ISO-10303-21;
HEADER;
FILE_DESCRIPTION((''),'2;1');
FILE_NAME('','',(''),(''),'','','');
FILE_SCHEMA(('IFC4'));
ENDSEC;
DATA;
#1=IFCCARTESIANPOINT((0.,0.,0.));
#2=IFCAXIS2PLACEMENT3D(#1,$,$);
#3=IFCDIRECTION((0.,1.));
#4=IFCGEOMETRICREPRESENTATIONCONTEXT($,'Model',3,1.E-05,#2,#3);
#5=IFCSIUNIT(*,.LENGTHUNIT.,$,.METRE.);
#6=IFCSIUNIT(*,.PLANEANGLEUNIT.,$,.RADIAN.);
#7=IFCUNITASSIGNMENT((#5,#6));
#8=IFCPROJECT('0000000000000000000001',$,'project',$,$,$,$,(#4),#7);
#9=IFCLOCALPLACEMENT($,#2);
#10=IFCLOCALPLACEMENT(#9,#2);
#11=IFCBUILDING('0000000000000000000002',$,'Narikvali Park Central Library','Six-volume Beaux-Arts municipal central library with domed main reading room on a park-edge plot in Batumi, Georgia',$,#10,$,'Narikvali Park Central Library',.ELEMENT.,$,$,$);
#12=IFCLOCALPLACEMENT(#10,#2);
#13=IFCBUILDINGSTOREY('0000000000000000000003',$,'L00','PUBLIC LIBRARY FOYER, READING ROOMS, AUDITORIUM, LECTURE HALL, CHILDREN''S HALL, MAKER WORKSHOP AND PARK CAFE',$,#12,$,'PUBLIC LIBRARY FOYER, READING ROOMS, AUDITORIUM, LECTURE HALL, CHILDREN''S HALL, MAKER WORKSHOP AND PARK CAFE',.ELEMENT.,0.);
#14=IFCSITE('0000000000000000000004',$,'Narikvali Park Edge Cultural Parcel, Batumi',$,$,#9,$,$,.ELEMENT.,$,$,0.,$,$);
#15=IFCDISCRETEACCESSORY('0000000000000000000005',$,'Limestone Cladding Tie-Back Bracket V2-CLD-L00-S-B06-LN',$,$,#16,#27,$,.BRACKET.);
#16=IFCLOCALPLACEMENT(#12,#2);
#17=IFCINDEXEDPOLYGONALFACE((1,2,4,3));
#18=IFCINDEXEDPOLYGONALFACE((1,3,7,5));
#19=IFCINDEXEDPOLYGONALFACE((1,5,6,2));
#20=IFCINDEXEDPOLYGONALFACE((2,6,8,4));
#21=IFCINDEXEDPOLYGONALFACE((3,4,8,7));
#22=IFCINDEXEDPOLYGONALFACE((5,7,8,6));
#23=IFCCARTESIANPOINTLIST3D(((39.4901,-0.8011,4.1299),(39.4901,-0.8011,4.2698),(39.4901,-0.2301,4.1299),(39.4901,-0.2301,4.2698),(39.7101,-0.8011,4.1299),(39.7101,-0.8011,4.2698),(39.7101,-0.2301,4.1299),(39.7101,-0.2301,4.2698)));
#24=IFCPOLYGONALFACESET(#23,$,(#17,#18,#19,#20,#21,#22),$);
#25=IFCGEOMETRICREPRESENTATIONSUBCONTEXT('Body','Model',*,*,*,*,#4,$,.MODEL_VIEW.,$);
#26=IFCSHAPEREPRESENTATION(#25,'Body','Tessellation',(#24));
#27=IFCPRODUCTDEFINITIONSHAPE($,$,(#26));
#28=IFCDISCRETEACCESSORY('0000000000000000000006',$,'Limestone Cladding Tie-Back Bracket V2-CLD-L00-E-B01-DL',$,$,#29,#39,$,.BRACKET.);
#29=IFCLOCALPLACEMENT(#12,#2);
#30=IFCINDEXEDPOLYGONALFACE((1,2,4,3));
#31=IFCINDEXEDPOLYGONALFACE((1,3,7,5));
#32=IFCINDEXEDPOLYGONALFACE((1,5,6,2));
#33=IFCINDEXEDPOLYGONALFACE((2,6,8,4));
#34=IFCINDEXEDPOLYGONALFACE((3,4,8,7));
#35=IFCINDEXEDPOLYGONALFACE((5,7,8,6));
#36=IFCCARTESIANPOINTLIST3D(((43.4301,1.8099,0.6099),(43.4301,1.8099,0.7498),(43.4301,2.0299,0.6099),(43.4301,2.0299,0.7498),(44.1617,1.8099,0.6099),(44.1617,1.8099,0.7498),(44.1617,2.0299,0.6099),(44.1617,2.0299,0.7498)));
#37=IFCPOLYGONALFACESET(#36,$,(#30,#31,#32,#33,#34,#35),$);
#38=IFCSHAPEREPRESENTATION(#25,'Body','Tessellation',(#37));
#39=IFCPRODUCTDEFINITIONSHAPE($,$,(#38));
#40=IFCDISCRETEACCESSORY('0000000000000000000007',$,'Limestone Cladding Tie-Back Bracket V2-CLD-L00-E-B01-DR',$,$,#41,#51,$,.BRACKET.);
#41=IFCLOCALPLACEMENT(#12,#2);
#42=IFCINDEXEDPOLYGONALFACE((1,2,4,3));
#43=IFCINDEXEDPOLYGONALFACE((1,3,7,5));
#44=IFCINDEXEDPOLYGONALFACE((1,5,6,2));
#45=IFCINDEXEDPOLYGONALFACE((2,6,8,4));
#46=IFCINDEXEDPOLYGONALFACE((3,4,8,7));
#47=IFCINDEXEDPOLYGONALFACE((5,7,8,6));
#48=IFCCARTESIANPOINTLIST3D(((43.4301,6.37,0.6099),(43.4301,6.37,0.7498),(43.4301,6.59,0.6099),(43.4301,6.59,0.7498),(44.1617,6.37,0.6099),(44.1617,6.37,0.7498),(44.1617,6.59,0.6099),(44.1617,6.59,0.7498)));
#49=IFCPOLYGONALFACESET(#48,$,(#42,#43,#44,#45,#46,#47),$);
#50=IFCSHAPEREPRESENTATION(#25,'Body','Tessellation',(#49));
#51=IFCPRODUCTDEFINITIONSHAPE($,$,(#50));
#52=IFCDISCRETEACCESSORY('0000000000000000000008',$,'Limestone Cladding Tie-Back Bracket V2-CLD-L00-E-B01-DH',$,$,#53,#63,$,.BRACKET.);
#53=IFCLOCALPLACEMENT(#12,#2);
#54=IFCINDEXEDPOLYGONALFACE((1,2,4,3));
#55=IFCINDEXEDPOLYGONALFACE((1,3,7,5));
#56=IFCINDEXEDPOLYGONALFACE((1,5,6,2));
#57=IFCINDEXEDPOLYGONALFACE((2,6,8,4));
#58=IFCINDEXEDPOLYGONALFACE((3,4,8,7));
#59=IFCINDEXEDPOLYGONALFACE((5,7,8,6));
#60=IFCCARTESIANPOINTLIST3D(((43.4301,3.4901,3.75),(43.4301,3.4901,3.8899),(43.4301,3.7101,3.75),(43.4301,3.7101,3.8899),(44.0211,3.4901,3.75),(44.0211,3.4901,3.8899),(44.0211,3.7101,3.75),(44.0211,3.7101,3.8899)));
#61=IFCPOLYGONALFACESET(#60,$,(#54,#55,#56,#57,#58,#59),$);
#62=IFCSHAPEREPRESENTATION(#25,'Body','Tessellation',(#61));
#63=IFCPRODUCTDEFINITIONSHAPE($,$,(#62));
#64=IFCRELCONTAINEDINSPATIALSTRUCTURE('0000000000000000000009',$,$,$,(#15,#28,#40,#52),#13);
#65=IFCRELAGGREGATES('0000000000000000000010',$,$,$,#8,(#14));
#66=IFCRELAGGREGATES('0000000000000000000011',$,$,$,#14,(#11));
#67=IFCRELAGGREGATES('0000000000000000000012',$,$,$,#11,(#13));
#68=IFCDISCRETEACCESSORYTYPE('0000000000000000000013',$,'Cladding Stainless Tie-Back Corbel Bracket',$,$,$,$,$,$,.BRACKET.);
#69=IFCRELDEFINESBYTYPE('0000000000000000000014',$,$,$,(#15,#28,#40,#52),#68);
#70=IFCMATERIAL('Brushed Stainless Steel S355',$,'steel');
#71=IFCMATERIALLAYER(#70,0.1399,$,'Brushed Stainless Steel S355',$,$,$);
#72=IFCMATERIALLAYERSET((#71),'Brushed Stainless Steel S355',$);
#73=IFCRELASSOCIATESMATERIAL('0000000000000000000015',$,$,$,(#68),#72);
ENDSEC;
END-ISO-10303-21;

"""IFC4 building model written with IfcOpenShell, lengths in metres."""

from ifc_helpers import new_model, si_unit, direction, frame, origin, origin_2d, place, context, subcontext, project, spatial, rectangle, extrude, material, layer, layer_set, type_object, element, save


model = new_model("IFC4")

# Units and contexts
model_context = context("Model", 3, precision=1e-05, world=origin(), true_north=direction((0.0, 1.0)))
body_context = subcontext(model_context, "Body", "Model", "MODEL_VIEW")
ifc_project = project(units=[si_unit("LENGTHUNIT", "METRE"), si_unit("PLANEANGLEUNIT", "RADIAN")], contexts=[model_context])

# Site, building, storey
site_placement = place(None, origin())
site = spatial("IfcSite", under=ifc_project, at=site_placement, Name="Narikvali Park Edge Cultural Parcel, Batumi", CompositionType="ELEMENT", RefElevation=0.0)
building_placement = place(site_placement, origin())
building = spatial("IfcBuilding", under=site, at=building_placement, Name="Narikvali Park Central Library", Description="Six-volume Beaux-Arts municipal central library with domed main reading room on a park-edge plot in Batumi, Georgia", LongName="Narikvali Park Central Library", CompositionType="ELEMENT")
storey_placement = place(building_placement, origin())
storey = spatial("IfcBuildingStorey", under=building, at=storey_placement, Name="L00", Description="PUBLIC LIBRARY FOYER, READING ROOMS, AUDITORIUM, LECTURE HALL, CHILDREN'S HALL, MAKER WORKSHOP AND PARK CAFE", LongName="PUBLIC LIBRARY FOYER, READING ROOMS, AUDITORIUM, LECTURE HALL, CHILDREN'S HALL, MAKER WORKSHOP AND PARK CAFE", CompositionType="ELEMENT", Elevation=0.0)

# Discrete accessories
ifc_material_1 = material(Name="Brushed Stainless Steel S355", Category="steel")
ifc_layer_1 = layer(ifc_material_1, 0.1399, Name="Brushed Stainless Steel S355")
ifc_layer_set_1 = layer_set([ifc_layer_1], Name="Brushed Stainless Steel S355")
discrete_accessory_type = type_object("IfcDiscreteAccessoryType", Name="Cladding Stainless Tie-Back Corbel Bracket", PredefinedType="BRACKET", material=ifc_layer_set_1)
discrete_accessory_1_placement = place(storey_placement, frame((39.6001, -0.5156, 4.1299), z_axis=(0.0, 0.0, 1.0), x_axis=(1.0, 0.0, 0.0)))
element("IfcDiscreteAccessory", 1, at=discrete_accessory_1_placement, inside=storey, type_object=discrete_accessory_type, Name="Limestone Cladding Tie-Back Bracket V2-CLD-L00-S-B06-LN", PredefinedType="BRACKET", context=body_context, shape_type="SweptSolid", body=[
    extrude(rectangle(XDim=0.22, YDim=0.571, at=origin_2d()), origin(), (0.0, 0.0, 1.0), 0.1399),
])
for number, where, z_axis, x_axis, name in (
    (2, (43.7959, 1.9199, 0.6099), (0.0, 0.0, 1.0), (1.0, 0.0, 0.0), "Limestone Cladding Tie-Back Bracket V2-CLD-L00-E-B01-DL"),
    (3, (43.7959, 6.48, 0.6099), (0.0, 0.0, 1.0), (1.0, 0.0, 0.0), "Limestone Cladding Tie-Back Bracket V2-CLD-L00-E-B01-DR"),
):
    element("IfcDiscreteAccessory", number, at=place(storey_placement, frame(where, z_axis=z_axis, x_axis=x_axis)), inside=storey, type_object=discrete_accessory_type, Name=name, PredefinedType="BRACKET", context=body_context, shape_type="SweptSolid", body=[
        extrude(rectangle(XDim=0.7317, YDim=0.22, at=origin_2d()), origin(), (0.0, 0.0, 1.0), 0.1399),
    ])
discrete_accessory_2_placement = place(storey_placement, frame((43.7256, 3.6001, 3.75), z_axis=(0.0, 0.0, 1.0), x_axis=(1.0, 0.0, 0.0)))
element("IfcDiscreteAccessory", 4, at=discrete_accessory_2_placement, inside=storey, type_object=discrete_accessory_type, Name="Limestone Cladding Tie-Back Bracket V2-CLD-L00-E-B01-DH", PredefinedType="BRACKET", context=body_context, shape_type="SweptSolid", body=[
    extrude(rectangle(XDim=0.5911, YDim=0.22, at=origin_2d()), origin(), (0.0, 0.0, 1.0), 0.1399),
])

save(model, "model.ifc")
